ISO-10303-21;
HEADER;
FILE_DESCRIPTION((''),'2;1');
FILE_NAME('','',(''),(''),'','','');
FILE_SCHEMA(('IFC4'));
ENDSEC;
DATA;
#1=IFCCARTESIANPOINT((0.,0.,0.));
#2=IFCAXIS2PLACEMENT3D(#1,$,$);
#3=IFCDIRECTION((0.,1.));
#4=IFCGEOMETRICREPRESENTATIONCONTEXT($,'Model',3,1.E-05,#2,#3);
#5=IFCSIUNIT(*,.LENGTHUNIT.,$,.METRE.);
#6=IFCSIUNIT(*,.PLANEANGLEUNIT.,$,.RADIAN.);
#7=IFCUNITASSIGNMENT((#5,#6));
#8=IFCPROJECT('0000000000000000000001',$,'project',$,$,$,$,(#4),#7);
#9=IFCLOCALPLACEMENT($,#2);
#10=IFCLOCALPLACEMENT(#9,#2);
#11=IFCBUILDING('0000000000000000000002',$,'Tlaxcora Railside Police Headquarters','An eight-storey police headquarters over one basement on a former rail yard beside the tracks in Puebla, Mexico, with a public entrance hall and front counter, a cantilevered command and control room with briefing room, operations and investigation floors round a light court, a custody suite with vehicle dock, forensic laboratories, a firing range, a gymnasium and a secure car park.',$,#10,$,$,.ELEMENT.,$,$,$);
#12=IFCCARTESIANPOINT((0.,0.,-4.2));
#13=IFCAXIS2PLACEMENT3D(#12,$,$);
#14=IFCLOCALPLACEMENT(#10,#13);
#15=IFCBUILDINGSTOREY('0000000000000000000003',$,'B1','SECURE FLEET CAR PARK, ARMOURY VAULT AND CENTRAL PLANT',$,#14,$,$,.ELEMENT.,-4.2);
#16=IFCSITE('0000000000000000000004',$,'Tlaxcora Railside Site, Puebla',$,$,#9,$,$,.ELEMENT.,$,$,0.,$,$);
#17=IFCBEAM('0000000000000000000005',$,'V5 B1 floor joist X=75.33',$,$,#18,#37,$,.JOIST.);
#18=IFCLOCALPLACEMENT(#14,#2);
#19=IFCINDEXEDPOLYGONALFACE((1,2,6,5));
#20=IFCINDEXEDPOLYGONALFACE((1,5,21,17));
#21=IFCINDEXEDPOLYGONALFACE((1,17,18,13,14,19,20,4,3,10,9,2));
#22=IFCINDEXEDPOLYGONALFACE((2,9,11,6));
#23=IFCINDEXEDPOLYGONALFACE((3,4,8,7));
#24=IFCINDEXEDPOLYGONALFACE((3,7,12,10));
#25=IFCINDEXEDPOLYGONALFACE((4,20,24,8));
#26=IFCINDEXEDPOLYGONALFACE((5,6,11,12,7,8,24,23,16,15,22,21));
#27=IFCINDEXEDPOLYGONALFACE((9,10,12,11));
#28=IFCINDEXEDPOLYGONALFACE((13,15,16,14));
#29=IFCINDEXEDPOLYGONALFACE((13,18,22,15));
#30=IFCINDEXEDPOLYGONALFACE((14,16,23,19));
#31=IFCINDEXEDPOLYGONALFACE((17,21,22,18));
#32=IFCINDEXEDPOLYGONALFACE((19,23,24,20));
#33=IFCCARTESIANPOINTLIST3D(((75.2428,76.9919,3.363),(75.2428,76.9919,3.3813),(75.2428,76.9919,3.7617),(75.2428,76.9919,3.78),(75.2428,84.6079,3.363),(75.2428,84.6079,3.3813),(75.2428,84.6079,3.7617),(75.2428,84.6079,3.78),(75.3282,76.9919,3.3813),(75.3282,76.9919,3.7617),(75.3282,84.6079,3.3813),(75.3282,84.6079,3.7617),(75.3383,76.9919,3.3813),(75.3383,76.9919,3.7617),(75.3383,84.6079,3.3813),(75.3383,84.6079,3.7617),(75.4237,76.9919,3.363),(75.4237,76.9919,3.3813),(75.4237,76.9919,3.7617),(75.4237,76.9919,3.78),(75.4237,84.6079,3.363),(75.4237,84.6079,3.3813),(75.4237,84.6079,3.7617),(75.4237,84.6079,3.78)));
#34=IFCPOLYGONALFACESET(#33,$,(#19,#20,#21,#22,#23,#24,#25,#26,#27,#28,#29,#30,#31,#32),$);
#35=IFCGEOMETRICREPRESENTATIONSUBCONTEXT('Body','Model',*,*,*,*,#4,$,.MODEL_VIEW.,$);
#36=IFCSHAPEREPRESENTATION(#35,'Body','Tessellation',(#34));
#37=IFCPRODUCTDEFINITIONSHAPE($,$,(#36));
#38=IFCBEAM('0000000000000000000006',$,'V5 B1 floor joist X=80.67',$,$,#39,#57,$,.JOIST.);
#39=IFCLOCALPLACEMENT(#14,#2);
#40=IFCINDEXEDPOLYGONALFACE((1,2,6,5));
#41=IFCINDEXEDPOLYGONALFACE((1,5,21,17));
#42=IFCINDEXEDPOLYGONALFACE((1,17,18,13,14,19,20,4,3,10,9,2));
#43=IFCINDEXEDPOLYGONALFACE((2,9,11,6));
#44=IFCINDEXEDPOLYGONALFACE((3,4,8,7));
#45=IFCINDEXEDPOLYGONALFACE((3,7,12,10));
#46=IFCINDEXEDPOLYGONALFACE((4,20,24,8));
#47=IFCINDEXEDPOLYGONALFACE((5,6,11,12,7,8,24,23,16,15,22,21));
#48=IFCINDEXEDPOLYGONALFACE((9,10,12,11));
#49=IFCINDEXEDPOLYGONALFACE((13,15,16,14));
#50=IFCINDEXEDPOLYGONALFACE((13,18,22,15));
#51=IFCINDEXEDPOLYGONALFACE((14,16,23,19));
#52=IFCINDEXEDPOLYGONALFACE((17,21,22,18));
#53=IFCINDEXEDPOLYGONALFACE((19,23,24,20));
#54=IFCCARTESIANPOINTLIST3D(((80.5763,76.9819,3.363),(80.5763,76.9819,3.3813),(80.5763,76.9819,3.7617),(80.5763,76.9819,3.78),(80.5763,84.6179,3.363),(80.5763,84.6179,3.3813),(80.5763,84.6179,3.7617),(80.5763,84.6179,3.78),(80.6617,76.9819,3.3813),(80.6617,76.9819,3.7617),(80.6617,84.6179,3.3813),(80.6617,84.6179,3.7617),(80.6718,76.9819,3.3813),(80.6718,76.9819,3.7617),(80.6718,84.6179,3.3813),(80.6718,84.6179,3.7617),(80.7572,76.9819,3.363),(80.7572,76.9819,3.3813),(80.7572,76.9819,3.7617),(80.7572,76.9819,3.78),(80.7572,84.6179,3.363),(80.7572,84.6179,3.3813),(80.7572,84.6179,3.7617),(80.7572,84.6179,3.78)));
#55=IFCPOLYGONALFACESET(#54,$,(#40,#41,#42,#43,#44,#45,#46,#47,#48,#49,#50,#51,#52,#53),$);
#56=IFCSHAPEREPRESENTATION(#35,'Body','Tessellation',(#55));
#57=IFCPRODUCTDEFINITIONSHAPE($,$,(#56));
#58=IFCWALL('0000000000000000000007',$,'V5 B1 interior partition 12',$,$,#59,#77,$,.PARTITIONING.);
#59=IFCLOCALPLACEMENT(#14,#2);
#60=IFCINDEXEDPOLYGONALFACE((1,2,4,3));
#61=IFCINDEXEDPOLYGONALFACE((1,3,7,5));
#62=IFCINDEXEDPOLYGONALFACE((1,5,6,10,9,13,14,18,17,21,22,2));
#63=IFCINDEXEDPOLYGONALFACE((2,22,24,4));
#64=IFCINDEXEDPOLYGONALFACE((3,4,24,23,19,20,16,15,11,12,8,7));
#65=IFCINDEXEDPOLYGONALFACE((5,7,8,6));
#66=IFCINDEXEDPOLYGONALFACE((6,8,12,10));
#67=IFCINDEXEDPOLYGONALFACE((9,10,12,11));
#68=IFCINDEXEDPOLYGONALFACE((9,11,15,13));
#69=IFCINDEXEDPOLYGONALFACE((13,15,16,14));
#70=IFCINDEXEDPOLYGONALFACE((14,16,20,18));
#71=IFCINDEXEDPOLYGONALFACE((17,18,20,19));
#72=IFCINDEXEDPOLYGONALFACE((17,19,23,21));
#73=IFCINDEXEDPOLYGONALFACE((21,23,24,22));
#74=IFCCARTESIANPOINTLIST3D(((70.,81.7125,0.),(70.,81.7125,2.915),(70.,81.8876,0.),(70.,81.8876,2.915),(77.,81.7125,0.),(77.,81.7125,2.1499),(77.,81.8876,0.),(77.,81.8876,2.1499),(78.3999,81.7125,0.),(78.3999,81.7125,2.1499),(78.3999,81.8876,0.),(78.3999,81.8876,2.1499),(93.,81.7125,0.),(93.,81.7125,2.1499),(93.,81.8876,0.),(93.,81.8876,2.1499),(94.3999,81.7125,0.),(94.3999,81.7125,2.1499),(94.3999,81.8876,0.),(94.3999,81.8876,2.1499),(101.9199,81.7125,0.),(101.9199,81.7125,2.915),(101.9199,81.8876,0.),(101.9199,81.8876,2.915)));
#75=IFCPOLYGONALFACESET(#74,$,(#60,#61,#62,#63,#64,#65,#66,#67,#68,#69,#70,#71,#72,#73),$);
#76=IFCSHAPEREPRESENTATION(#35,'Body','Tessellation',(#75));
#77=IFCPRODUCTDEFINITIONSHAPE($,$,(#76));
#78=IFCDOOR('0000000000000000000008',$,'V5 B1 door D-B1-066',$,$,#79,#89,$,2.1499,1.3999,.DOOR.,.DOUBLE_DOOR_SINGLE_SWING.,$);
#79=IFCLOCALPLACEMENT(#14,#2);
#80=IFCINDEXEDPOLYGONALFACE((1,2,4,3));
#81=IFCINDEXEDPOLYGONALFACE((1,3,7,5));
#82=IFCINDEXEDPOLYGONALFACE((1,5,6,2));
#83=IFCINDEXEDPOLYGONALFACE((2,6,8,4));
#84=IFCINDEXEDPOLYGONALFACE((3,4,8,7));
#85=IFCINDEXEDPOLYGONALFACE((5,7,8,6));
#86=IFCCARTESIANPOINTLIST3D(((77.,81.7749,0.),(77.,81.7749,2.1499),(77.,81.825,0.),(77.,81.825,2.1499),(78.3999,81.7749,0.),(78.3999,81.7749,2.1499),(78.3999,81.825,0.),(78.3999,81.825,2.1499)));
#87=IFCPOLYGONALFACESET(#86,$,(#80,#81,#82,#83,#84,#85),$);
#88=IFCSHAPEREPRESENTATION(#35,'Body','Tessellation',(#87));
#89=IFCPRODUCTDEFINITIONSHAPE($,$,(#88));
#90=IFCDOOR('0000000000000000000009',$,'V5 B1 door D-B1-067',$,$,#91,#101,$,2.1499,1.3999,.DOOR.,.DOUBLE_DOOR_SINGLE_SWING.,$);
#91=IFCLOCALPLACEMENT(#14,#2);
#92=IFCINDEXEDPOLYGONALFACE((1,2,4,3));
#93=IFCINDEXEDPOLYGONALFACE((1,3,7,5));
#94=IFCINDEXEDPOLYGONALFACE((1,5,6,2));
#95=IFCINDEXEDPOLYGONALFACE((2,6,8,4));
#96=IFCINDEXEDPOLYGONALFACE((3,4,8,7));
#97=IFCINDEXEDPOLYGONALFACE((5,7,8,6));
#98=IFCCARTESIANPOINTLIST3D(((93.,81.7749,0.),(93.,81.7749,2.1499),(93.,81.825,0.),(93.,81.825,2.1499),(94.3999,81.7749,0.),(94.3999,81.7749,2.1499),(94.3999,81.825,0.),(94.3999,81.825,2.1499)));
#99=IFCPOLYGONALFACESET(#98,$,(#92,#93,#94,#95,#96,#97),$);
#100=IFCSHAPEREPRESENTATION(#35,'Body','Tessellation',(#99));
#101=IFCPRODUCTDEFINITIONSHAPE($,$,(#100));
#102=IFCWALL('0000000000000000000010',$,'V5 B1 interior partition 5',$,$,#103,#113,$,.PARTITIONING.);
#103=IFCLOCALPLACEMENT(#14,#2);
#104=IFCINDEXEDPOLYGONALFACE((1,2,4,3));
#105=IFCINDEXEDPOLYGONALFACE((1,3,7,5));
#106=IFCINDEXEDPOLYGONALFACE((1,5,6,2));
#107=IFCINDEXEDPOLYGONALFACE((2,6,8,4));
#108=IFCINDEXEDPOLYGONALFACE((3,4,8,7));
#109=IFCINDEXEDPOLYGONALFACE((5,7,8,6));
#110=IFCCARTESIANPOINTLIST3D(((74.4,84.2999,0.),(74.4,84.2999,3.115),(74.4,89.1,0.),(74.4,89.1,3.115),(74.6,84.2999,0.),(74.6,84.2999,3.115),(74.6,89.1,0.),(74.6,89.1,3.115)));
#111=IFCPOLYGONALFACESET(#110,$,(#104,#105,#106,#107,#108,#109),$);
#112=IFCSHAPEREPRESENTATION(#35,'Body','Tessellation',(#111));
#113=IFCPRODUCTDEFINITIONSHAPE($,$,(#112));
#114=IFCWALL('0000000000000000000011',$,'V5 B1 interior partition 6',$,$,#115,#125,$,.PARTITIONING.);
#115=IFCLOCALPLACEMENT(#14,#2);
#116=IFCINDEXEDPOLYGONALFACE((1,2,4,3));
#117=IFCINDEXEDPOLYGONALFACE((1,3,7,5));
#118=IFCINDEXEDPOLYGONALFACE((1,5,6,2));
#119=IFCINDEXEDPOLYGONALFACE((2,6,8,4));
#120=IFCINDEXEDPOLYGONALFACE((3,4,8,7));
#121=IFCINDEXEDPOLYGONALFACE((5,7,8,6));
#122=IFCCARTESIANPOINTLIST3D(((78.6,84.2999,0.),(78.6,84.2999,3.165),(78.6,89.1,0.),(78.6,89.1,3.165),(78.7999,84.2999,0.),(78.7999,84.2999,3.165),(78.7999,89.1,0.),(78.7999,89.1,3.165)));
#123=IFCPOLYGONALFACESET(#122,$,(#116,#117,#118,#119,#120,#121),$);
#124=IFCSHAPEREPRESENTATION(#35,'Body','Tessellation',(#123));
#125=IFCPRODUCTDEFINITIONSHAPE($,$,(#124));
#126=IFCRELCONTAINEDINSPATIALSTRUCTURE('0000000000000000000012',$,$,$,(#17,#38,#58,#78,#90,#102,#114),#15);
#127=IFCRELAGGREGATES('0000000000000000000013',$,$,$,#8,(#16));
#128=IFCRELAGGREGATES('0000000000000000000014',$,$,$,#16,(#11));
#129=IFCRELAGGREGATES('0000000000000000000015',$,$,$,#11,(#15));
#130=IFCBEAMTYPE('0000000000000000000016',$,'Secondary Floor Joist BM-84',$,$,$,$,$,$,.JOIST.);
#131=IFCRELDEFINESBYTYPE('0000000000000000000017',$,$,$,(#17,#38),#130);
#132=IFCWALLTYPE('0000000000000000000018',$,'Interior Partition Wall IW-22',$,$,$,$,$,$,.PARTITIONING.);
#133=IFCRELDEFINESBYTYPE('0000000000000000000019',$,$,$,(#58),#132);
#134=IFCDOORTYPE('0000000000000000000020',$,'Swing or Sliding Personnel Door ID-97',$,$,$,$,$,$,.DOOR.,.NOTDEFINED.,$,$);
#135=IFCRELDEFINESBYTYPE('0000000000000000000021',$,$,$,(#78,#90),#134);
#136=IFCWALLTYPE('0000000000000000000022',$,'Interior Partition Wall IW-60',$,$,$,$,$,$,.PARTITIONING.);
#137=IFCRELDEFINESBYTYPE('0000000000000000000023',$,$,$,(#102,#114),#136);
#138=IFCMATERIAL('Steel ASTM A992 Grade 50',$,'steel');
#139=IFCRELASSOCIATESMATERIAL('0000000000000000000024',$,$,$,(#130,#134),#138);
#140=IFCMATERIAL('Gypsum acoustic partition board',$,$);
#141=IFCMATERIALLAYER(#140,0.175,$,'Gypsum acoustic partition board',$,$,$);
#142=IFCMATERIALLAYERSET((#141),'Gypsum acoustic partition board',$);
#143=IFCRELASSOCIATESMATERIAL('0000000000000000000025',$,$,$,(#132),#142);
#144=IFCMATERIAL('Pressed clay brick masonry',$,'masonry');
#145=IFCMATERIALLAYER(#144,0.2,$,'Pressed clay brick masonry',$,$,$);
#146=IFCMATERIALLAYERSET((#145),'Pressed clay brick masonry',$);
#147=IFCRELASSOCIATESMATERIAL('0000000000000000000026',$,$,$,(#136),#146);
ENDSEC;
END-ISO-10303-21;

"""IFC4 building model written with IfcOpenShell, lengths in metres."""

from ifc_helpers import new_model, si_unit, direction, frame, frame_2d, origin, origin_2d, place, context, subcontext, project, spatial, rectangle, i_section, extrude, material, layer, layer_set, material_profile, profile_set, type_object, element, fill, save


model = new_model("IFC4")

# Units and contexts
model_context = context("Model", 3, precision=1e-05, world=origin(), true_north=direction((0.0, 1.0)))
body_context = subcontext(model_context, "Body", "Model", "MODEL_VIEW")
ifc_project = project(units=[si_unit("LENGTHUNIT", "METRE"), si_unit("PLANEANGLEUNIT", "RADIAN")], contexts=[model_context])

# Site, building, storey
site_placement = place(None, origin())
site = spatial("IfcSite", under=ifc_project, at=site_placement, Name="Tlaxcora Railside Site, Puebla", CompositionType="ELEMENT", RefElevation=0.0)
building_placement = place(site_placement, origin())
building = spatial("IfcBuilding", under=site, at=building_placement, Name="Tlaxcora Railside Police Headquarters", Description="An eight-storey police headquarters over one basement on a former rail yard beside the tracks in Puebla, Mexico, with a public entrance hall and front counter, a cantilevered command and control room with briefing room, operations and investigation floors round a light court, a custody suite with vehicle dock, forensic laboratories, a firing range, a gymnasium and a secure car park.", CompositionType="ELEMENT")
storey_placement = place(building_placement, frame((0.0, 0.0, -4.2)))
storey = spatial("IfcBuildingStorey", under=building, at=storey_placement, Name="B1", Description="SECURE FLEET CAR PARK, ARMOURY VAULT AND CENTRAL PLANT", CompositionType="ELEMENT", Elevation=-4.2)

# Beams
ifc_material_1 = material(Name="Steel ASTM A992 Grade 50", Category="steel")
ifc_material_profile_1 = material_profile(ifc_material_1, i_section(OverallWidth=0.1809, OverallDepth=0.417, WebThickness=0.01, FlangeThickness=0.0183, at=origin_2d()), Name="W16X57")
ifc_profile_set_1 = profile_set([ifc_material_profile_1], Name="Steel ASTM A992 Grade 50")
beam_type_1 = type_object("IfcBeamType", Name="Secondary Floor Joist BM-84", PredefinedType="JOIST", material=ifc_profile_set_1)
beam_1_placement = place(storey_placement, frame((75.3333, 76.9919, 3.5715), z_axis=(0.0, 1.0, 0.0), x_axis=(-1.0, 0.0, 0.0)))
element("IfcBeam", 1, at=beam_1_placement, inside=storey, type_object=beam_type_1, Name="V5 B1 floor joist X=75.33", PredefinedType="JOIST", context=body_context, shape_type="SweptSolid", body=[
    extrude(i_section(OverallWidth=0.1809, OverallDepth=0.417, WebThickness=0.01, FlangeThickness=0.0183, at=origin_2d()), origin(), (0.0, 0.0, 1.0), 7.616),
])
beam_2_placement = place(storey_placement, frame((80.6667, 76.9819, 3.5715), z_axis=(0.0, 1.0, 0.0), x_axis=(-1.0, 0.0, 0.0)))
element("IfcBeam", 2, at=beam_2_placement, inside=storey, type_object=beam_type_1, Name="V5 B1 floor joist X=80.67", PredefinedType="JOIST", context=body_context, shape_type="SweptSolid", body=[
    extrude(i_section(OverallWidth=0.1809, OverallDepth=0.417, WebThickness=0.01, FlangeThickness=0.0183, at=origin_2d()), origin(), (0.0, 0.0, 1.0), 7.636),
])

# Wall, openings, doors
ifc_material_2 = material(Name="Gypsum acoustic partition board")
ifc_layer_1 = layer(ifc_material_2, 0.175, Name="Gypsum acoustic partition board")
ifc_layer_set_1 = layer_set([ifc_layer_1], Name="Gypsum acoustic partition board")
wall_type_1 = type_object("IfcWallType", Name="Interior Partition Wall IW-22", PredefinedType="PARTITIONING", material=ifc_layer_set_1)
wall_1_placement = place(storey_placement, frame((70.0, 81.8, 0.0), z_axis=(0.0, 0.0, 1.0), x_axis=(1.0, 0.0, 0.0)))
wall_1 = element("IfcWall", 3, at=wall_1_placement, inside=storey, type_object=wall_type_1, Name="V5 B1 interior partition 12", PredefinedType="PARTITIONING", context=body_context, shape_type="SweptSolid", body=[
    extrude(rectangle(XDim=31.9199, YDim=0.175, at=frame_2d((15.96, 0.0))), origin(), (0.0, 0.0, 1.0), 2.915),
])
opening_1_placement = place(wall_1_placement, frame((7.0, 0.0, 0.0)))
opening_1 = element("IfcOpeningElement", 4, at=opening_1_placement, cuts=wall_1, PredefinedType="OPENING", context=body_context, shape_type="SweptSolid", body=[
    extrude(rectangle(XDim=1.3999, YDim=2.1499, at=frame_2d((0.7, 1.075))), frame((0.0, 0.0977, 0.0), z_axis=(0.0, -1.0, 0.0), x_axis=(1.0, 0.0, 0.0)), (0.0, 0.0, 1.0), 0.1951),
])
opening_2_placement = place(wall_1_placement, frame((23.0, 0.0, 0.0)))
opening_2 = element("IfcOpeningElement", 5, at=opening_2_placement, cuts=wall_1, PredefinedType="OPENING", context=body_context, shape_type="SweptSolid", body=[
    extrude(rectangle(XDim=1.3999, YDim=2.1499, at=frame_2d((0.7, 1.075))), frame((0.0, 0.0977, 0.0), z_axis=(0.0, -1.0, 0.0), x_axis=(1.0, 0.0, 0.0)), (0.0, 0.0, 1.0), 0.1951),
])
door_type_1 = type_object("IfcDoorType", Name="Swing or Sliding Personnel Door ID-97", OperationType="NOTDEFINED", PredefinedType="DOOR", material=ifc_material_1)
door_1_placement = place(opening_1_placement, origin())
door_1 = element("IfcDoor", 6, at=door_1_placement, inside=storey, type_object=door_type_1, Name="V5 B1 door D-B1-066", OperationType="DOUBLE_DOOR_SINGLE_SWING", OverallHeight=2.1499, OverallWidth=1.3999, PredefinedType="DOOR", context=body_context, shape_type="SweptSolid", body=[
    extrude(rectangle(XDim=1.3999, YDim=2.1499, at=frame_2d((0.7, 1.075))), frame((0.0, 0.0249, 0.0), z_axis=(0.0, -1.0, 0.0), x_axis=(1.0, 0.0, 0.0)), (0.0, 0.0, 1.0), 0.05),
])
fill(opening_1, door_1)
door_2_placement = place(opening_2_placement, origin())
door_2 = element("IfcDoor", 7, at=door_2_placement, inside=storey, type_object=door_type_1, Name="V5 B1 door D-B1-067", OperationType="DOUBLE_DOOR_SINGLE_SWING", OverallHeight=2.1499, OverallWidth=1.3999, PredefinedType="DOOR", context=body_context, shape_type="SweptSolid", body=[
    extrude(rectangle(XDim=1.3999, YDim=2.1499, at=frame_2d((0.7, 1.075))), frame((0.0, 0.0249, 0.0), z_axis=(0.0, -1.0, 0.0), x_axis=(1.0, 0.0, 0.0)), (0.0, 0.0, 1.0), 0.05),
])
fill(opening_2, door_2)

# Shared definitions
ifc_material_3 = material(Name="Pressed clay brick masonry", Category="masonry")
ifc_layer_2 = layer(ifc_material_3, 0.2, Name="Pressed clay brick masonry")
ifc_layer_set_2 = layer_set([ifc_layer_2], Name="Pressed clay brick masonry")
wall_type_2 = type_object("IfcWallType", Name="Interior Partition Wall IW-60", PredefinedType="PARTITIONING", material=ifc_layer_set_2)

# Walls
wall_2_placement = place(storey_placement, frame((74.5, 84.3, 0.0), z_axis=(0.0, 0.0, 1.0), x_axis=(0.0, 1.0, 0.0)))
element("IfcWall", 8, at=wall_2_placement, inside=storey, type_object=wall_type_2, Name="V5 B1 interior partition 5", PredefinedType="PARTITIONING", context=body_context, shape_type="SweptSolid", body=[
    extrude(rectangle(XDim=4.8, YDim=0.2, at=frame_2d((2.3999, 0.0))), origin(), (0.0, 0.0, 1.0), 3.115),
])
wall_3_placement = place(storey_placement, frame((78.7, 84.3, 0.0), z_axis=(0.0, 0.0, 1.0), x_axis=(0.0, 1.0, 0.0)))
element("IfcWall", 9, at=wall_3_placement, inside=storey, type_object=wall_type_2, Name="V5 B1 interior partition 6", PredefinedType="PARTITIONING", context=body_context, shape_type="SweptSolid", body=[
    extrude(rectangle(XDim=4.8, YDim=0.2, at=frame_2d((2.3999, 0.0))), origin(), (0.0, 0.0, 1.0), 3.165),
])

save(model, "model.ifc")
